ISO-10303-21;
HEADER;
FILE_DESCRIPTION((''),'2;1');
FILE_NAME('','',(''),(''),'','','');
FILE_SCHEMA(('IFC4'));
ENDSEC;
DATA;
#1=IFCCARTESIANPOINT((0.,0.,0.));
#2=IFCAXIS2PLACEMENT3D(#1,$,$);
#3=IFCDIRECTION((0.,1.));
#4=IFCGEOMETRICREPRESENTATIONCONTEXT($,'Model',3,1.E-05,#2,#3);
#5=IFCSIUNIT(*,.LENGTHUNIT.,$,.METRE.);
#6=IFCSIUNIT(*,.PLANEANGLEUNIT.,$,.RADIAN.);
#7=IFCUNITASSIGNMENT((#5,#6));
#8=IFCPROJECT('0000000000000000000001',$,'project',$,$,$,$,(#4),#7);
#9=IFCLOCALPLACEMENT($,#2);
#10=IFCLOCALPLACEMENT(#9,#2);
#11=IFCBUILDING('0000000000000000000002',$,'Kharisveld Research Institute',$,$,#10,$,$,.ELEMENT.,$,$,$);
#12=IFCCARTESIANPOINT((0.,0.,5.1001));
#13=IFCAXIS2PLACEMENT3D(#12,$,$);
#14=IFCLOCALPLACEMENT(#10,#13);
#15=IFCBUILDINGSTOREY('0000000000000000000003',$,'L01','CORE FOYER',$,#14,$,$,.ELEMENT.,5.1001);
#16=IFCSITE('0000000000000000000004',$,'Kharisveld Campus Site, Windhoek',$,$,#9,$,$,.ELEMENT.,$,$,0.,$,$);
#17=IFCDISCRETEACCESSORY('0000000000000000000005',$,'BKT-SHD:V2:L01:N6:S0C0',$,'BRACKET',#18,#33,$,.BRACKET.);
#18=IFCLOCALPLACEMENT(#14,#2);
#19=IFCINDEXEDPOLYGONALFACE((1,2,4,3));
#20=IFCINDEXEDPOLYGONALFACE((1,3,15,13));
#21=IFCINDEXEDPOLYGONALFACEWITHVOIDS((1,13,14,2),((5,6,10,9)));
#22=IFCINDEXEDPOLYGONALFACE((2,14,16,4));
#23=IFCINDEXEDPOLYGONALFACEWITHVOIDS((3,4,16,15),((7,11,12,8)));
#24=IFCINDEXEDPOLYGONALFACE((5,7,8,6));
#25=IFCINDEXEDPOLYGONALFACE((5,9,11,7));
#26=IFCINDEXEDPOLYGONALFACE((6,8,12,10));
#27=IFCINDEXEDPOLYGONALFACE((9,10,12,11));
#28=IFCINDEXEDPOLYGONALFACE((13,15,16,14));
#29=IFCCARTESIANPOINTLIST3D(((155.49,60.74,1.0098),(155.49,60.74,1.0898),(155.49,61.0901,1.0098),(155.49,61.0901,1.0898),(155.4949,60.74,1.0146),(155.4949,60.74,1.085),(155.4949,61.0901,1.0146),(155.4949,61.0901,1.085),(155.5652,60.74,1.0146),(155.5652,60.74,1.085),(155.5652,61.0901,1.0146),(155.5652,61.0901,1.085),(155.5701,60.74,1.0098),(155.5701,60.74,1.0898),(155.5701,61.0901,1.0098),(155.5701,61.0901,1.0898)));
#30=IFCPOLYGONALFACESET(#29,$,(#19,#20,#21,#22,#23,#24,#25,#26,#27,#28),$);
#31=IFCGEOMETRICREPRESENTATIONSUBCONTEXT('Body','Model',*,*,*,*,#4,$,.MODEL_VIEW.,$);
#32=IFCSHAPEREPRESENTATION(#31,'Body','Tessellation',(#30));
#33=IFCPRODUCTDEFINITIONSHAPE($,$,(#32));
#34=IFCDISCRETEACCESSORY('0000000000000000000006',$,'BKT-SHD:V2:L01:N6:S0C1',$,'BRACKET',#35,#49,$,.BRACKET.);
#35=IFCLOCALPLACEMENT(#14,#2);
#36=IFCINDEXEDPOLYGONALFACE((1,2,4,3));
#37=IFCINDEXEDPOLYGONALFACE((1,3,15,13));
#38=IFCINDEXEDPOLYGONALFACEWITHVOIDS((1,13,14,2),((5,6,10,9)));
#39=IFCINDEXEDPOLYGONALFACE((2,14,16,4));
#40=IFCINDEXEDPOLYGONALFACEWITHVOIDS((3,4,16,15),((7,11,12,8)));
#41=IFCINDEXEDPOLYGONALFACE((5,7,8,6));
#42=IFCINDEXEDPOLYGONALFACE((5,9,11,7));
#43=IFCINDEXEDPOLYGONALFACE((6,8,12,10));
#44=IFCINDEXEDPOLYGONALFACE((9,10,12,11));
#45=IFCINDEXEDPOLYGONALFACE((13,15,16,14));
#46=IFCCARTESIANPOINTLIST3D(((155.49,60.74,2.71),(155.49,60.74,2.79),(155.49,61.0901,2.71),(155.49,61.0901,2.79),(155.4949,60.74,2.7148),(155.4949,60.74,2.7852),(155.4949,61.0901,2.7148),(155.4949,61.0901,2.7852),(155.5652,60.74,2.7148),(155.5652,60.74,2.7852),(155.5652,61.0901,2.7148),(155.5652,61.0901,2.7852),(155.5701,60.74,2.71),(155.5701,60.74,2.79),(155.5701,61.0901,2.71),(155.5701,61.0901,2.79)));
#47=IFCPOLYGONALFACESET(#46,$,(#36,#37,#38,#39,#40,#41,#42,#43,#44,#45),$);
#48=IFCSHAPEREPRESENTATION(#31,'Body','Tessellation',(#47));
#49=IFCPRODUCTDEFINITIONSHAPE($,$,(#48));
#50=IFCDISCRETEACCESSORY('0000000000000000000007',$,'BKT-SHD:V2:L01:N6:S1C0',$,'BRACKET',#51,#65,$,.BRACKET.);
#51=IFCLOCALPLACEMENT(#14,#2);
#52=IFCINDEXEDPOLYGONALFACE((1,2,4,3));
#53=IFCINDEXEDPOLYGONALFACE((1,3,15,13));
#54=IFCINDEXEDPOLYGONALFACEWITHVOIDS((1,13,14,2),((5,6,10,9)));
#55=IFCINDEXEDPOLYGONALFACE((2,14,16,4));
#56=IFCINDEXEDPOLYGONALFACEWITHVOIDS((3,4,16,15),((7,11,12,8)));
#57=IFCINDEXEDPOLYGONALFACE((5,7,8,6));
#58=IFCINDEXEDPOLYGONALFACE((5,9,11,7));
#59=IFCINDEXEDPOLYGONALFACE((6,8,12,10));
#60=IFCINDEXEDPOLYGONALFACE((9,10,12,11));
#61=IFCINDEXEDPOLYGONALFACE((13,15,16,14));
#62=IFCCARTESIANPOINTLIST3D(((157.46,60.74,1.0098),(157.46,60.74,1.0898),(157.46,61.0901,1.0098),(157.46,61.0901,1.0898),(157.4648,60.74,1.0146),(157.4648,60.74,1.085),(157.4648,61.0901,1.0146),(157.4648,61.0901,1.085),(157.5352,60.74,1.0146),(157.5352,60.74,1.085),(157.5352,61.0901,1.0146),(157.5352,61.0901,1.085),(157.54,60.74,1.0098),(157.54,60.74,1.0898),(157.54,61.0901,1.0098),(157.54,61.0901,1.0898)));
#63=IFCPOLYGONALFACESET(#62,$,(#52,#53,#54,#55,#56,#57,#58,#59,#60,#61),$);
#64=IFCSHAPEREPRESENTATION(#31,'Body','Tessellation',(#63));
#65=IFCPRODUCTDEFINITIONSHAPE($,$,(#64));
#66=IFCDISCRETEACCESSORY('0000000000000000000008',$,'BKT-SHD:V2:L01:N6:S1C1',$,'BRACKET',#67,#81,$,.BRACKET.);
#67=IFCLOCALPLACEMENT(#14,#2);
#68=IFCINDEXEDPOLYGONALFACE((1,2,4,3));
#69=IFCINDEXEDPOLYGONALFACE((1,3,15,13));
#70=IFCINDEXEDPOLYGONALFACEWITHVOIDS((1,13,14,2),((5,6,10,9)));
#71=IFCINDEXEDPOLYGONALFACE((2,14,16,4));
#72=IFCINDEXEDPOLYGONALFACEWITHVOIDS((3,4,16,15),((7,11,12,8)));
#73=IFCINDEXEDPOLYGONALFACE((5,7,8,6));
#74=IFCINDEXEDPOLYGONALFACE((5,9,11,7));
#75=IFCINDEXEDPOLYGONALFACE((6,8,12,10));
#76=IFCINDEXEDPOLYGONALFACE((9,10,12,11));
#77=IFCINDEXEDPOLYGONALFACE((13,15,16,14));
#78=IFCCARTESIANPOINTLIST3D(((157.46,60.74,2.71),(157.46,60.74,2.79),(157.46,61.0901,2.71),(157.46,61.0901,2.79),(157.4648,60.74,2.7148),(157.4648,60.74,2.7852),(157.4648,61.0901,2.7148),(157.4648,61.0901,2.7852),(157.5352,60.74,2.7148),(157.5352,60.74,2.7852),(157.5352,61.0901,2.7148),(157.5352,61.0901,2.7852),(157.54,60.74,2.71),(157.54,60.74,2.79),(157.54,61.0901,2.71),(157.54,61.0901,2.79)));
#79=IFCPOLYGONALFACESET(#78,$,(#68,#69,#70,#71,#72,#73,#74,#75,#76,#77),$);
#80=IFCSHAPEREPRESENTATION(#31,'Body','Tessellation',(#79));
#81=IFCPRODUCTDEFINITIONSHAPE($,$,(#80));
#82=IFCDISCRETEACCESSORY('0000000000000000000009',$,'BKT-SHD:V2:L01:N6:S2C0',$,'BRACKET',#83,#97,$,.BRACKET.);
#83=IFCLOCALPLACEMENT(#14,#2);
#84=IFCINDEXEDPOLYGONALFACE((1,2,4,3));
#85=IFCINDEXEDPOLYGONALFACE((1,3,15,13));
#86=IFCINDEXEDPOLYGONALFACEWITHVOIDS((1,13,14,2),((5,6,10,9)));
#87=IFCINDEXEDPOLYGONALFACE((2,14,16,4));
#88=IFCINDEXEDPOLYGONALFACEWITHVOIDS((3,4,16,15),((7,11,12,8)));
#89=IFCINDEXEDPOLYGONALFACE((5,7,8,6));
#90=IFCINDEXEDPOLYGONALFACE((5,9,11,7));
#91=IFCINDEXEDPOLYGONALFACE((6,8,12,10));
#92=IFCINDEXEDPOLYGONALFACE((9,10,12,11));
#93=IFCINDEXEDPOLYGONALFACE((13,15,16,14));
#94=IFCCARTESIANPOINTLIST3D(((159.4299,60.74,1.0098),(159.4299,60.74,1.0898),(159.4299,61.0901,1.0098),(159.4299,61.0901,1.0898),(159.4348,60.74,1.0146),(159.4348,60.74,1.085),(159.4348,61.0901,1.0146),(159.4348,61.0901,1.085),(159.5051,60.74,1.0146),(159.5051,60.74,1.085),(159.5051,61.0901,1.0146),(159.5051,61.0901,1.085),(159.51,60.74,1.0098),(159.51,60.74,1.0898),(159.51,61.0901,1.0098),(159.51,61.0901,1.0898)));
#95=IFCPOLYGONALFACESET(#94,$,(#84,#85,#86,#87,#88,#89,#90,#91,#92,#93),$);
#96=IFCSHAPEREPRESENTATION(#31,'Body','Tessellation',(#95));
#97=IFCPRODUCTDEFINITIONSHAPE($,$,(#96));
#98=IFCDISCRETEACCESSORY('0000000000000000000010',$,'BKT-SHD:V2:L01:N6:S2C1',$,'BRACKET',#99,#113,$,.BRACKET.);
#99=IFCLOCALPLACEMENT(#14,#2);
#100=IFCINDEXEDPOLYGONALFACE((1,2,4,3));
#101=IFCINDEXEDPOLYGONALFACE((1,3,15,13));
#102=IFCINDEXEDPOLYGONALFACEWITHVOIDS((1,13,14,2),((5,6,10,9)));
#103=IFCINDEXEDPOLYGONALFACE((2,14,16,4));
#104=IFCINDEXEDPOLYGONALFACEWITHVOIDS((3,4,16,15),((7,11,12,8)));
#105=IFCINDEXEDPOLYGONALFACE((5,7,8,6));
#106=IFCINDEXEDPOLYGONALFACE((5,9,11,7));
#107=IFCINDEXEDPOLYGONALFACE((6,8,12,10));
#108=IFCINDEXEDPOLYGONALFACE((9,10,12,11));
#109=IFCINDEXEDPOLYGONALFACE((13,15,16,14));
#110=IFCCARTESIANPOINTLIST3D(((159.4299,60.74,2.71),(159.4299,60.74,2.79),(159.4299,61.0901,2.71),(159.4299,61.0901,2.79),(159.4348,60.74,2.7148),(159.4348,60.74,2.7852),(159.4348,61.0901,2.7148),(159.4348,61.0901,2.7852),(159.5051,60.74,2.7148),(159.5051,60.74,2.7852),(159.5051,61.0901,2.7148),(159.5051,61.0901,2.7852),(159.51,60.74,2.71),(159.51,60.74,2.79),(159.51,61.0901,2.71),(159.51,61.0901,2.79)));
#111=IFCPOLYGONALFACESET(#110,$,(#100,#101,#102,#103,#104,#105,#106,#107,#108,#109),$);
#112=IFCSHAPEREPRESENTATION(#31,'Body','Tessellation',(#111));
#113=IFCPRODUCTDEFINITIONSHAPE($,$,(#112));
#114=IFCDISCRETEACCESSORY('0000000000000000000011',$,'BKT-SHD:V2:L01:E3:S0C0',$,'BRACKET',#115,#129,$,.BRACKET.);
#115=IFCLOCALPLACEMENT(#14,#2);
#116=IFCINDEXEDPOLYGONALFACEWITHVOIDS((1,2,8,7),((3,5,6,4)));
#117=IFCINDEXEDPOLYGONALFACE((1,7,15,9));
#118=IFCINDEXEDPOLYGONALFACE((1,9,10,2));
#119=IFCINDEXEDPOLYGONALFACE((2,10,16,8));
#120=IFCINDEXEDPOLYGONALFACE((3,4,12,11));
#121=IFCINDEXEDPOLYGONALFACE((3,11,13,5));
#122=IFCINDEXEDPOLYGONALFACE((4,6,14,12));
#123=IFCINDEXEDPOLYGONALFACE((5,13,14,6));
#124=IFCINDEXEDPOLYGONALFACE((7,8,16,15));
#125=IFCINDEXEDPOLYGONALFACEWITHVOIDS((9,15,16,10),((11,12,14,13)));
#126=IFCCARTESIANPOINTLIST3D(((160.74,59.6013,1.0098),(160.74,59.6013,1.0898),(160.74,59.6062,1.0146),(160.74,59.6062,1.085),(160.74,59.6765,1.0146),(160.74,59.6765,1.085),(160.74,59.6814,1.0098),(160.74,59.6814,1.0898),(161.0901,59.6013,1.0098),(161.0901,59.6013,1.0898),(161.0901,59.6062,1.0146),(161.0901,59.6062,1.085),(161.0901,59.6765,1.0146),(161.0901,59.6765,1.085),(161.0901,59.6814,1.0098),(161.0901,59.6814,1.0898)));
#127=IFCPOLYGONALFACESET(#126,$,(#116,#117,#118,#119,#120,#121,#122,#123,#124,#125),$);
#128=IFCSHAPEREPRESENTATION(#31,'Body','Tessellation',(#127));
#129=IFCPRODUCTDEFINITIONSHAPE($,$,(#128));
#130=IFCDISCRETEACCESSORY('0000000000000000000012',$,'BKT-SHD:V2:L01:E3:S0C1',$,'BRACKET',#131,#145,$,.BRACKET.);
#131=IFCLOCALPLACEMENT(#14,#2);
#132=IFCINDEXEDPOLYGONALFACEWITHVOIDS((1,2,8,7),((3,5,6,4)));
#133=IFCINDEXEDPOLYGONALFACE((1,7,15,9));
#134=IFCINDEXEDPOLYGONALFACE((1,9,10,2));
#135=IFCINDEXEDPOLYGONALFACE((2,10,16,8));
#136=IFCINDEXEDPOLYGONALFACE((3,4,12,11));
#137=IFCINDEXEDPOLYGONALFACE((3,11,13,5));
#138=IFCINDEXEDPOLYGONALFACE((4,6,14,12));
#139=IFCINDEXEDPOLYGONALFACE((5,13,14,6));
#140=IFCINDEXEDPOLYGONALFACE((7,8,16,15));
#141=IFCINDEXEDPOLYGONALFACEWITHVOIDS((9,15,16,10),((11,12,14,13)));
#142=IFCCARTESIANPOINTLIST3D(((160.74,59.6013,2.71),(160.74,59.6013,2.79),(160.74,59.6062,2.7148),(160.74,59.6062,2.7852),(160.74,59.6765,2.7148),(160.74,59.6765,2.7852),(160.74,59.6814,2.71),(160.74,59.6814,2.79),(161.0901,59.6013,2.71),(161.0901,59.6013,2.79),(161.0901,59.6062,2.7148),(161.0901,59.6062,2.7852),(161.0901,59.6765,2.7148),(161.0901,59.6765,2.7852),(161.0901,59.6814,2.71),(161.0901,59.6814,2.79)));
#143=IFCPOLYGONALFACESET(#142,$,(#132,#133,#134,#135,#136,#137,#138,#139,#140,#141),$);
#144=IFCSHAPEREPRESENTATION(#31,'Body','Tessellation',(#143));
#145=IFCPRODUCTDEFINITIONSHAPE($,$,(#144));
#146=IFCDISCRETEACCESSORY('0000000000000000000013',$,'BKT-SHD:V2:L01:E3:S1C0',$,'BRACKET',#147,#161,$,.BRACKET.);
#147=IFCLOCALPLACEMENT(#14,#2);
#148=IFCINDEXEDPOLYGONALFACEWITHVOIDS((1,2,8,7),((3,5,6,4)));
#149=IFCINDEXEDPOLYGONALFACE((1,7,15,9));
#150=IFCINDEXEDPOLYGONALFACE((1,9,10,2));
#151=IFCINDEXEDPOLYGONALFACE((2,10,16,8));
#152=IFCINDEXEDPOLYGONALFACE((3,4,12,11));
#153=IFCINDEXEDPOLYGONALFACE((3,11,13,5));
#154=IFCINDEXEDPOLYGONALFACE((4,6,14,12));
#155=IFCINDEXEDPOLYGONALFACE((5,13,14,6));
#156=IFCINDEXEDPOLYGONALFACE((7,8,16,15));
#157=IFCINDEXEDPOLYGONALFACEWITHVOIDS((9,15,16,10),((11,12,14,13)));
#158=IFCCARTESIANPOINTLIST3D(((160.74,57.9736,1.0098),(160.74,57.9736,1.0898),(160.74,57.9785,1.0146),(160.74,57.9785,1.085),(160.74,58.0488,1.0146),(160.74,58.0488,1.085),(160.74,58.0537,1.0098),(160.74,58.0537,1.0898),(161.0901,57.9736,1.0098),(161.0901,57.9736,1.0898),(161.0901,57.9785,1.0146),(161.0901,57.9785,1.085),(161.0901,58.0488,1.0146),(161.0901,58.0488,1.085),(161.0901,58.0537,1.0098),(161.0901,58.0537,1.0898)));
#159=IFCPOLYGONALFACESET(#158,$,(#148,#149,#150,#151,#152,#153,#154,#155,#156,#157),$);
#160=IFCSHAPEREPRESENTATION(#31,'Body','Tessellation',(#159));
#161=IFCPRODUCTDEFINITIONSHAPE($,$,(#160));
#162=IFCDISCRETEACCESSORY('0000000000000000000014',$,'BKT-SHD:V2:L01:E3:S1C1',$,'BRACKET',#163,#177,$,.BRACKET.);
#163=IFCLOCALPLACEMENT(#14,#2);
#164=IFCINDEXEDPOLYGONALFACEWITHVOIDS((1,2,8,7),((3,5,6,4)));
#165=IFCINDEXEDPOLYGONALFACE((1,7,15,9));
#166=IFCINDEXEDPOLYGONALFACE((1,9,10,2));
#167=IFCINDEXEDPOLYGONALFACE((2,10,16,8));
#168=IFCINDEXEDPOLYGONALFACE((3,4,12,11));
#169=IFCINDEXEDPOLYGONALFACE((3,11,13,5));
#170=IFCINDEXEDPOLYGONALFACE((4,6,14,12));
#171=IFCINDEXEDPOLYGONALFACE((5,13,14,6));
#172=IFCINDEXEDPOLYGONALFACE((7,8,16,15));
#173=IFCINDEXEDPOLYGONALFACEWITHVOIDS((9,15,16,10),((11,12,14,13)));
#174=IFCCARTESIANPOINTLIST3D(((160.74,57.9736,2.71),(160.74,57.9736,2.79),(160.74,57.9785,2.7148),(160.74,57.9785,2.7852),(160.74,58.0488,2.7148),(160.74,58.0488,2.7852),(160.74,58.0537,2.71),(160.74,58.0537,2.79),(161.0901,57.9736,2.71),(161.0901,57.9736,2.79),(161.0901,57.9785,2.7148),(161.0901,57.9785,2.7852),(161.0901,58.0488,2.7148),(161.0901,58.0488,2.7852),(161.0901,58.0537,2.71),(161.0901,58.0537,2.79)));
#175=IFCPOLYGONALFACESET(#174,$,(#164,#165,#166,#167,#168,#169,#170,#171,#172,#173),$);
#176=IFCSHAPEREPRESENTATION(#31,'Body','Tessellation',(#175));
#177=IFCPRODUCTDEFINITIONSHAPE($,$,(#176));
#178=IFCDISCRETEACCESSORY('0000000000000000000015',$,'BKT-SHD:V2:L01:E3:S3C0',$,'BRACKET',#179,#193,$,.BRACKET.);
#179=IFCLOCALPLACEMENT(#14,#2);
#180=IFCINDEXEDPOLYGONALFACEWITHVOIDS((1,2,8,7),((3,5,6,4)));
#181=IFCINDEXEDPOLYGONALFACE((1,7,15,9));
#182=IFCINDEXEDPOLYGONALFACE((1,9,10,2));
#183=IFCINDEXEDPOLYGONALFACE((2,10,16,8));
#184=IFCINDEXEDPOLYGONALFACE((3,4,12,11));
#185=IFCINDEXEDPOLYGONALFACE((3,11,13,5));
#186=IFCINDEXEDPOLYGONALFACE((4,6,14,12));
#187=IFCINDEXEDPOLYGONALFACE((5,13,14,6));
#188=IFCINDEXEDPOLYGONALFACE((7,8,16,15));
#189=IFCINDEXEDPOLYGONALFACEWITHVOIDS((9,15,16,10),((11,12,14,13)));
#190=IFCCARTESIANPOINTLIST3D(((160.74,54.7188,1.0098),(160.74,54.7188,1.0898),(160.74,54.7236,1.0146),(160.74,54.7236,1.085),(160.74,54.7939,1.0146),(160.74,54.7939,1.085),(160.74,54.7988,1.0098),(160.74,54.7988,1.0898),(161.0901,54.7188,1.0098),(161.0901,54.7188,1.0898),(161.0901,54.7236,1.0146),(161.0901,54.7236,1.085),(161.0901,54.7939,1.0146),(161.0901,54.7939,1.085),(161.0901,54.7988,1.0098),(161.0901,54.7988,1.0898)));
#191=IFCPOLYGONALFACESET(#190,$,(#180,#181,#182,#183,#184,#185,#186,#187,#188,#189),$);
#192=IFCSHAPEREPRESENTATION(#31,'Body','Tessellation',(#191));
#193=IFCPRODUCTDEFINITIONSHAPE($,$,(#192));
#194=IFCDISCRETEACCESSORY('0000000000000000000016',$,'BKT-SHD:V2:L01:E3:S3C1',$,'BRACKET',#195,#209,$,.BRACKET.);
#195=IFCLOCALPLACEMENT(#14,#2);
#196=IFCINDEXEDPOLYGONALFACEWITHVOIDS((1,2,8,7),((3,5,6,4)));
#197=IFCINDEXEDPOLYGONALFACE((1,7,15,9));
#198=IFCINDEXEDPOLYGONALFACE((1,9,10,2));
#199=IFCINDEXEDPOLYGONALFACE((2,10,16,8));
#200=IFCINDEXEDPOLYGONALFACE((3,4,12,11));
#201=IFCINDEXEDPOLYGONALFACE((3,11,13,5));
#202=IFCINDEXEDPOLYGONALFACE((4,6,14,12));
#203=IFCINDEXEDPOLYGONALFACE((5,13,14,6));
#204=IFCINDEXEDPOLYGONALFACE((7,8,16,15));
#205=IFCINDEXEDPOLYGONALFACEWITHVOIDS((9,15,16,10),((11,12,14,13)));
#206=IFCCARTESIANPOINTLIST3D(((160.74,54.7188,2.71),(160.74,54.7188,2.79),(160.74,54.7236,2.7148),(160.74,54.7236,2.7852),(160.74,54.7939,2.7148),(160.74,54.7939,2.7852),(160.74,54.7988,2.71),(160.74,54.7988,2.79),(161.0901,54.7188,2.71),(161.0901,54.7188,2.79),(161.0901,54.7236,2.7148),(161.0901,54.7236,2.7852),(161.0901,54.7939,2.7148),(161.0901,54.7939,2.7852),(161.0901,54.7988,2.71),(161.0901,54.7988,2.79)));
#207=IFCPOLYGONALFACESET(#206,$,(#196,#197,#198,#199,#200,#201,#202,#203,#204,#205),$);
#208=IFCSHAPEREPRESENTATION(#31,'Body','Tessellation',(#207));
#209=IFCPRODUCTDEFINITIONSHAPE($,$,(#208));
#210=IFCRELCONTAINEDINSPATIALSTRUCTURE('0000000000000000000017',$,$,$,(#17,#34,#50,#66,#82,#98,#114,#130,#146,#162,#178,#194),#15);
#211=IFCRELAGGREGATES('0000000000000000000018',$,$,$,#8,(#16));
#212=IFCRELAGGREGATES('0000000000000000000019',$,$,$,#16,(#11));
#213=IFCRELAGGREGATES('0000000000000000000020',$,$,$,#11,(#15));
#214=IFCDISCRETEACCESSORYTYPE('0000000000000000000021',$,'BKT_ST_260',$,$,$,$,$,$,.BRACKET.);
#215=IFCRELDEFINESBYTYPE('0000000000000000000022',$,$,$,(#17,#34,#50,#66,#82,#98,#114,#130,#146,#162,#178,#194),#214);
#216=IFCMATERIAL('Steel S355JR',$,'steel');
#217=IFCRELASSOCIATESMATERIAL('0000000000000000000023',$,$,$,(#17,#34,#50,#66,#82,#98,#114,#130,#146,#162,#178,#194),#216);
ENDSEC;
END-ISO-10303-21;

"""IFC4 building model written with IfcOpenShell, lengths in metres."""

from ifc_helpers import new_model, si_unit, direction, frame, origin, origin_2d, place, context, subcontext, project, spatial, hollow_rectangle, extrude, material, type_object, element, save


model = new_model("IFC4")

# Units and contexts
model_context = context("Model", 3, precision=1e-05, world=origin(), true_north=direction((0.0, 1.0)))
body_context = subcontext(model_context, "Body", "Model", "MODEL_VIEW")
ifc_project = project(units=[si_unit("LENGTHUNIT", "METRE"), si_unit("PLANEANGLEUNIT", "RADIAN")], contexts=[model_context])

# Site, building, storey
site_placement = place(None, origin())
site = spatial("IfcSite", under=ifc_project, at=site_placement, Name="Kharisveld Campus Site, Windhoek", CompositionType="ELEMENT", RefElevation=0.0)
building_placement = place(site_placement, origin())
building = spatial("IfcBuilding", under=site, at=building_placement, Name="Kharisveld Research Institute", CompositionType="ELEMENT")
storey_placement = place(building_placement, frame((0.0, 0.0, 5.1001)))
storey = spatial("IfcBuildingStorey", under=building, at=storey_placement, Name="L01", Description="CORE FOYER", CompositionType="ELEMENT", Elevation=5.1001)

# Discrete accessories
ifc_material_1 = material(Name="Steel S355JR", Category="steel")
discrete_accessory_type = type_object("IfcDiscreteAccessoryType", Name="BKT_ST_260", PredefinedType="BRACKET")
for number, where, z_axis, x_axis, name in (
    (1, (155.53, 60.74, 1.0498), (0.0, 1.0, 0.0), (-1.0, 0.0, 0.0), "BKT-SHD:V2:L01:N6:S0C0"),
    (2, (155.53, 60.74, 2.75), (0.0, 1.0, 0.0), (-1.0, 0.0, 0.0), "BKT-SHD:V2:L01:N6:S0C1"),
    (3, (157.5, 60.74, 1.0498), (0.0, 1.0, 0.0), (-1.0, 0.0, 0.0), "BKT-SHD:V2:L01:N6:S1C0"),
    (4, (157.5, 60.74, 2.75), (0.0, 1.0, 0.0), (-1.0, 0.0, 0.0), "BKT-SHD:V2:L01:N6:S1C1"),
    (5, (159.47, 60.74, 1.0498), (0.0, 1.0, 0.0), (-1.0, 0.0, 0.0), "BKT-SHD:V2:L01:N6:S2C0"),
    (6, (159.47, 60.74, 2.75), (0.0, 1.0, 0.0), (-1.0, 0.0, 0.0), "BKT-SHD:V2:L01:N6:S2C1"),
    (7, (160.74, 59.6414, 1.0498), (1.0, 0.0, 0.0), (0.0, 1.0, 0.0), "BKT-SHD:V2:L01:E3:S0C0"),
    (8, (160.74, 59.6414, 2.75), (1.0, 0.0, 0.0), (0.0, 1.0, 0.0), "BKT-SHD:V2:L01:E3:S0C1"),
    (9, (160.74, 58.0137, 1.0498), (1.0, 0.0, 0.0), (0.0, 1.0, 0.0), "BKT-SHD:V2:L01:E3:S1C0"),
    (10, (160.74, 58.0137, 2.75), (1.0, 0.0, 0.0), (0.0, 1.0, 0.0), "BKT-SHD:V2:L01:E3:S1C1"),
    (11, (160.74, 54.7588, 1.0498), (1.0, 0.0, 0.0), (0.0, 1.0, 0.0), "BKT-SHD:V2:L01:E3:S3C0"),
    (12, (160.74, 54.7588, 2.75), (1.0, 0.0, 0.0), (0.0, 1.0, 0.0), "BKT-SHD:V2:L01:E3:S3C1"),
):
    element("IfcDiscreteAccessory", number, at=place(storey_placement, frame(where, z_axis=z_axis, x_axis=x_axis)), inside=storey, type_object=discrete_accessory_type, material=ifc_material_1, Name=name, ObjectType="BRACKET", PredefinedType="BRACKET", context=body_context, shape_type="SweptSolid", body=[
        extrude(hollow_rectangle(XDim=0.0801, YDim=0.0801, WallThickness=0.0049, at=origin_2d()), origin(), (0.0, 0.0, 1.0), 0.3501),
    ])

save(model, "model.ifc")
